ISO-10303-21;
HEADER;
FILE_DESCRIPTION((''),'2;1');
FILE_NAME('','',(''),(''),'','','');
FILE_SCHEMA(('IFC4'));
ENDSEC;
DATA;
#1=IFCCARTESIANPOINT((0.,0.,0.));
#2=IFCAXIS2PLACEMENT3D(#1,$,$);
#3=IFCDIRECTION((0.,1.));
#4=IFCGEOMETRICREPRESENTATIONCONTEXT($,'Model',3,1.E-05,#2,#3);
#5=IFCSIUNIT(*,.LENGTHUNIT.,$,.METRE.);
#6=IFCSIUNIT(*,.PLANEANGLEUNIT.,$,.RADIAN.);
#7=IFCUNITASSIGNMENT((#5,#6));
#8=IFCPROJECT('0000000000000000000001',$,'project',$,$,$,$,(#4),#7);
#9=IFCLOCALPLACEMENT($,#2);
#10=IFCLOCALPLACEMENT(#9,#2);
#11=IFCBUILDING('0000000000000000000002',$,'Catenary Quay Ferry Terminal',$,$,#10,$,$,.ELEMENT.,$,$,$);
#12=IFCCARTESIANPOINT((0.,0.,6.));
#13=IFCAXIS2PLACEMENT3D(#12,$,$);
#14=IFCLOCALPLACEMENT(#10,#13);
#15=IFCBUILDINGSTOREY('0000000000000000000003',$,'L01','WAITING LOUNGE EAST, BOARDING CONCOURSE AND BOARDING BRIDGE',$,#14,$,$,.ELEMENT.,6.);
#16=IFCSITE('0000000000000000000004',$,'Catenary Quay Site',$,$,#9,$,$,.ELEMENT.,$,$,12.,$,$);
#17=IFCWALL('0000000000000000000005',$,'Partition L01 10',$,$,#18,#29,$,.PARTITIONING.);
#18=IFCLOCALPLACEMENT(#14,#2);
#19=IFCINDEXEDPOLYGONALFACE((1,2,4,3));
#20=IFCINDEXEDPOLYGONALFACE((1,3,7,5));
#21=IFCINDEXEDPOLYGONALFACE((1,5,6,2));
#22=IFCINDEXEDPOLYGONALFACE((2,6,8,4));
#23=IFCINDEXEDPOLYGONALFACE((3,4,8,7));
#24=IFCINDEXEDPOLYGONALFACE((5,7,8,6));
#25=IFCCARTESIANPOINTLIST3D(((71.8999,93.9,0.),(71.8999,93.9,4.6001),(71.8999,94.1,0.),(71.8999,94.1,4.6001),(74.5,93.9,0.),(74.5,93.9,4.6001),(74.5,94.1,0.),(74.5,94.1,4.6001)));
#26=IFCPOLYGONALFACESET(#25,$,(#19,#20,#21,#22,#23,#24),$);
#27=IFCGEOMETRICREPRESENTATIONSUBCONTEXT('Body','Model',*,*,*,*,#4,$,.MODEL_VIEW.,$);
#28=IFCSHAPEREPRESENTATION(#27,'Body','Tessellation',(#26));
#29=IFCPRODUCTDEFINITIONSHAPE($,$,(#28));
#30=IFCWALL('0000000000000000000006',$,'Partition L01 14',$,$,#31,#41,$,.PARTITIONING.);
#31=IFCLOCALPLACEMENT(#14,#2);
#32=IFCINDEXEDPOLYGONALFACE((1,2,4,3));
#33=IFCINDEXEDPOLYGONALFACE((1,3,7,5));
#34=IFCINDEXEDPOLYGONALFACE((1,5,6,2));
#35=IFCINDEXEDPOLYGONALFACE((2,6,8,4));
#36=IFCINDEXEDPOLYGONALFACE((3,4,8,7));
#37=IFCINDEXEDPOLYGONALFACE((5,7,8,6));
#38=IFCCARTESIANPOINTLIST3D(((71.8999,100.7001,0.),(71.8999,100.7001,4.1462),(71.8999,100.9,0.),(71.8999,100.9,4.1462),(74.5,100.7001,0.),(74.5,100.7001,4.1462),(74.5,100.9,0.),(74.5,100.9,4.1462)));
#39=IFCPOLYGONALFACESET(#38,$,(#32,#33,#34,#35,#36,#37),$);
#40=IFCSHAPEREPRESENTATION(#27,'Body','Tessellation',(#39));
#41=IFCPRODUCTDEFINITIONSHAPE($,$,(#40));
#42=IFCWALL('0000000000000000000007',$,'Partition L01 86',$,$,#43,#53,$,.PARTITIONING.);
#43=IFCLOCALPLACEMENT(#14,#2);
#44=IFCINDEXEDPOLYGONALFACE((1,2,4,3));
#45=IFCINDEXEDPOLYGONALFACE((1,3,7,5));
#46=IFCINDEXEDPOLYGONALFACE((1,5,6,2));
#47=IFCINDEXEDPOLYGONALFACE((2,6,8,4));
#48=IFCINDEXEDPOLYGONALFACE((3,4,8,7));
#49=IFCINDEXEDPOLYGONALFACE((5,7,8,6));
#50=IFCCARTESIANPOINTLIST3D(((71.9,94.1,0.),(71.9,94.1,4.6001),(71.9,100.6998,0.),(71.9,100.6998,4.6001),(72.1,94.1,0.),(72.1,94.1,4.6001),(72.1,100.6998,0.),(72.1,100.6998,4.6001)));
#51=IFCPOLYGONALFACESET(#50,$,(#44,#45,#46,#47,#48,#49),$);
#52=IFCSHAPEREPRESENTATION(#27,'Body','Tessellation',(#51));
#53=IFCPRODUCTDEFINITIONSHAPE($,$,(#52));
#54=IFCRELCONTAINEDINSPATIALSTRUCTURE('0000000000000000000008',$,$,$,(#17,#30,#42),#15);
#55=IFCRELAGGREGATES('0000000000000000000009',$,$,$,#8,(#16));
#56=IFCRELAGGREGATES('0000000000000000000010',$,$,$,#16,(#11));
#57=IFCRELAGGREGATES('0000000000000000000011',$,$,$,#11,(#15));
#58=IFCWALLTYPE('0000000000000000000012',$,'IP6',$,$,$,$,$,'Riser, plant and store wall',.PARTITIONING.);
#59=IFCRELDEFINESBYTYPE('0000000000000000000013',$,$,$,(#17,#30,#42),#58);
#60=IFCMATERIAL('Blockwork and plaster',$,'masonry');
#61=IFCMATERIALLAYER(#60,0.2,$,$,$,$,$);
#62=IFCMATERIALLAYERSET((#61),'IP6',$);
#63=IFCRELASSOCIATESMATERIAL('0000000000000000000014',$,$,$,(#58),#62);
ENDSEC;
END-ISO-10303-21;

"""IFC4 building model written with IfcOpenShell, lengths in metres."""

from ifc_helpers import new_model, si_unit, direction, frame, frame_2d, origin, place, context, subcontext, project, spatial, rectangle, extrude, material, layer, layer_set, type_object, element, save


model = new_model("IFC4")

# Units and contexts
model_context = context("Model", 3, precision=1e-05, world=origin(), true_north=direction((0.0, 1.0)))
body_context = subcontext(model_context, "Body", "Model", "MODEL_VIEW")
ifc_project = project(units=[si_unit("LENGTHUNIT", "METRE"), si_unit("PLANEANGLEUNIT", "RADIAN")], contexts=[model_context])

# Site, building, storey
site_placement = place(None, origin())
site = spatial("IfcSite", under=ifc_project, at=site_placement, Name="Catenary Quay Site", CompositionType="ELEMENT", RefElevation=12.0)
building_placement = place(site_placement, origin())
building = spatial("IfcBuilding", under=site, at=building_placement, Name="Catenary Quay Ferry Terminal", CompositionType="ELEMENT")
storey_placement = place(building_placement, frame((0.0, 0.0, 6.0)))
storey = spatial("IfcBuildingStorey", under=building, at=storey_placement, Name="L01", Description="WAITING LOUNGE EAST, BOARDING CONCOURSE AND BOARDING BRIDGE", CompositionType="ELEMENT", Elevation=6.0)

# Walls
ifc_material_1 = material(Name="Blockwork and plaster", Category="masonry")
ifc_layer_1 = layer(ifc_material_1, 0.2)
ifc_layer_set_1 = layer_set([ifc_layer_1], Name="IP6")
wall_type_1 = type_object("IfcWallType", Name="IP6", ElementType="Riser, plant and store wall", PredefinedType="PARTITIONING", material=ifc_layer_set_1)
wall_1_placement = place(storey_placement, frame((71.8999, 94.0, 0.0), z_axis=(0.0, 0.0, 1.0), x_axis=(1.0, 0.0, 0.0)))
element("IfcWall", 1, at=wall_1_placement, inside=storey, type_object=wall_type_1, Name="Partition L01 10", PredefinedType="PARTITIONING", context=body_context, shape_type="SweptSolid", body=[
    extrude(rectangle(XDim=2.6001, YDim=0.2, at=frame_2d((1.3, 0.0))), origin(), (0.0, 0.0, 1.0), 4.6001),
])
wall_2_placement = place(storey_placement, frame((71.8999, 100.8, 0.0), z_axis=(0.0, 0.0, 1.0), x_axis=(1.0, 0.0, 0.0)))
element("IfcWall", 2, at=wall_2_placement, inside=storey, type_object=wall_type_1, Name="Partition L01 14", PredefinedType="PARTITIONING", context=body_context, shape_type="SweptSolid", body=[
    extrude(rectangle(XDim=2.6001, YDim=0.2, at=frame_2d((1.3, 0.0))), origin(), (0.0, 0.0, 1.0), 4.1462),
])
wall_3_placement = place(storey_placement, frame((72.0, 94.1001, 0.0), z_axis=(0.0, 0.0, 1.0), x_axis=(0.0, 1.0, 0.0)))
element("IfcWall", 3, at=wall_3_placement, inside=storey, type_object=wall_type_1, Name="Partition L01 86", PredefinedType="PARTITIONING", context=body_context, shape_type="SweptSolid", body=[
    extrude(rectangle(XDim=6.5999, YDim=0.2, at=frame_2d((3.2998, 0.0))), origin(), (0.0, 0.0, 1.0), 4.6001),
])

save(model, "model.ifc")
